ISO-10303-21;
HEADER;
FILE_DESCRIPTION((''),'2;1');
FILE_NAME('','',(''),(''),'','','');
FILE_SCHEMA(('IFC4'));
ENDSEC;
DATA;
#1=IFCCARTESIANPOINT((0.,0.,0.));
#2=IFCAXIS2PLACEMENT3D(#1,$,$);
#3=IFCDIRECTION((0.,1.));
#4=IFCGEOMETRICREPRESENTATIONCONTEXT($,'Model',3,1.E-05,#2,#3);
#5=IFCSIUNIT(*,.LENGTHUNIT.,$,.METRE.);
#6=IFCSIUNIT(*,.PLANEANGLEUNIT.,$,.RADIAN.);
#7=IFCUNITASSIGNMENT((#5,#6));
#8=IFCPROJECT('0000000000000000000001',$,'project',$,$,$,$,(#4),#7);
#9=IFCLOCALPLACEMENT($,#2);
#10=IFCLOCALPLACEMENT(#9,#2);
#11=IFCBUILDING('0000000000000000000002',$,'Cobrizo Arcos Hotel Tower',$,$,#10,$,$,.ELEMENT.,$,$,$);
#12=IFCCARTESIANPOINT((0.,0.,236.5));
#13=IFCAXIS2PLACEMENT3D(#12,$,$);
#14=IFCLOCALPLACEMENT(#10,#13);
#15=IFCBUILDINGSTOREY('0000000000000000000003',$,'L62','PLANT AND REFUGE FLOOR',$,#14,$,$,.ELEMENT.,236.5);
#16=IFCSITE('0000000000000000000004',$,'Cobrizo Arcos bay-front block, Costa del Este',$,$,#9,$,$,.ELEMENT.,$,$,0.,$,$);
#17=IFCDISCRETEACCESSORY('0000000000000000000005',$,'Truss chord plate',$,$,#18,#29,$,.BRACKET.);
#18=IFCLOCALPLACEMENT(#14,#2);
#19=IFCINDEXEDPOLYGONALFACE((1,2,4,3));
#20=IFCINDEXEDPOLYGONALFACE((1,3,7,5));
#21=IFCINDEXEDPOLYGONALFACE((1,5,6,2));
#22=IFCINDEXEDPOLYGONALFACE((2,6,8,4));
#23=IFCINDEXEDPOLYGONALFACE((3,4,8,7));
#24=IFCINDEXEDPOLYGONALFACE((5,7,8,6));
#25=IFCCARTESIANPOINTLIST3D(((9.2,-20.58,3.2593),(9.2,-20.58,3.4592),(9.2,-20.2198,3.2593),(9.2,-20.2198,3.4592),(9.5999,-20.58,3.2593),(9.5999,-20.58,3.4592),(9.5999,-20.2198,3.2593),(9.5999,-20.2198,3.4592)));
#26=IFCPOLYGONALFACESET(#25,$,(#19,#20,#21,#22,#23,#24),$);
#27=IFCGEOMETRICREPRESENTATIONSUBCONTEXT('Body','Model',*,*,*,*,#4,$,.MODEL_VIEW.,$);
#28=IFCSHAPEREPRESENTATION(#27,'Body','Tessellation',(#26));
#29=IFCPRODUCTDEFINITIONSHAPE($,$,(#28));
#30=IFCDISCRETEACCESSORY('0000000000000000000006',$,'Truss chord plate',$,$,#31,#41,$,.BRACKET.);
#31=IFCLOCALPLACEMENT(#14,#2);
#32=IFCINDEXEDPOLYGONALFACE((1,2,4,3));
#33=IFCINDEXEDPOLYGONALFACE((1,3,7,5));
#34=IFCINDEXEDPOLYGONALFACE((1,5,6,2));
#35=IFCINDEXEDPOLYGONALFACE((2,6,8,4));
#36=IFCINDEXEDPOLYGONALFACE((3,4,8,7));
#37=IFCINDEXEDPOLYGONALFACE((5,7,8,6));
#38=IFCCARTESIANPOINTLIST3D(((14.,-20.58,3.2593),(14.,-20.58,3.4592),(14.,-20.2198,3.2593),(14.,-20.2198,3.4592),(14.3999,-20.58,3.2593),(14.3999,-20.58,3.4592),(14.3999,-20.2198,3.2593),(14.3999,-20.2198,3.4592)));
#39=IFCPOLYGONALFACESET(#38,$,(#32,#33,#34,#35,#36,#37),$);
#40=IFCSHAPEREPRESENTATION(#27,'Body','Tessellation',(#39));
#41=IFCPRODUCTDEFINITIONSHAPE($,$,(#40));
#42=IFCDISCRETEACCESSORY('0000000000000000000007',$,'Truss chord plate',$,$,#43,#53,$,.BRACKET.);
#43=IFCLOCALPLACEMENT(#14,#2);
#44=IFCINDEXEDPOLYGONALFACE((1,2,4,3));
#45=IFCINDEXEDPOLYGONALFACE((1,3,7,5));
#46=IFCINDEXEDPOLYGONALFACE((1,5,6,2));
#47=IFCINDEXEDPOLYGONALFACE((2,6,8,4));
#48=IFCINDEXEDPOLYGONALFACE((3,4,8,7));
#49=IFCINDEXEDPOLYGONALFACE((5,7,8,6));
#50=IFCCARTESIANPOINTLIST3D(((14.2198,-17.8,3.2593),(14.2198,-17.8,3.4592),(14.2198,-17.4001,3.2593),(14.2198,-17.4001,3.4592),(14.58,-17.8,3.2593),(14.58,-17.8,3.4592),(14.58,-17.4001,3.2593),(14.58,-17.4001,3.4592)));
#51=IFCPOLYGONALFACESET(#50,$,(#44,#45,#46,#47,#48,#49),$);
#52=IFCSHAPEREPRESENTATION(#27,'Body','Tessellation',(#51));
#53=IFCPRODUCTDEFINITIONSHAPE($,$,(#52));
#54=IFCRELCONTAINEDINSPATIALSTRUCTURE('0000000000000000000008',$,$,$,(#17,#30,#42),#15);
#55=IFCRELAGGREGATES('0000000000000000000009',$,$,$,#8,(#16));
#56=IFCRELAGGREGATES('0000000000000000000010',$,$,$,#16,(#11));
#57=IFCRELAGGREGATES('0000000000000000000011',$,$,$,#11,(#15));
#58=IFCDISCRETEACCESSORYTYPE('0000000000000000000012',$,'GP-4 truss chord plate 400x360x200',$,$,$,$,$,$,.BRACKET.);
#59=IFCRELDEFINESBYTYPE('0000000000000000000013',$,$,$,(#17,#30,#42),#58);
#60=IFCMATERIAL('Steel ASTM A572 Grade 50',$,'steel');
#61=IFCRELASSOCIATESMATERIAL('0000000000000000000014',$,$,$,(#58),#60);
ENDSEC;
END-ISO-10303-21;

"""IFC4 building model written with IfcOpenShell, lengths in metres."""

from ifc_helpers import new_model, si_unit, direction, frame, origin, origin_2d, place, context, subcontext, project, spatial, rectangle, extrude, material, type_object, element, save


model = new_model("IFC4")

# Units and contexts
model_context = context("Model", 3, precision=1e-05, world=origin(), true_north=direction((0.0, 1.0)))
body_context = subcontext(model_context, "Body", "Model", "MODEL_VIEW")
ifc_project = project(units=[si_unit("LENGTHUNIT", "METRE"), si_unit("PLANEANGLEUNIT", "RADIAN")], contexts=[model_context])

# Site, building, storey
site_placement = place(None, origin())
site = spatial("IfcSite", under=ifc_project, at=site_placement, Name="Cobrizo Arcos bay-front block, Costa del Este", CompositionType="ELEMENT", RefElevation=0.0)
building_placement = place(site_placement, origin())
building = spatial("IfcBuilding", under=site, at=building_placement, Name="Cobrizo Arcos Hotel Tower", CompositionType="ELEMENT")
storey_placement = place(building_placement, frame((0.0, 0.0, 236.5)))
storey = spatial("IfcBuildingStorey", under=building, at=storey_placement, Name="L62", Description="PLANT AND REFUGE FLOOR", CompositionType="ELEMENT", Elevation=236.5)

# Discrete accessories
ifc_material_1 = material(Name="Steel ASTM A572 Grade 50", Category="steel")
discrete_accessory_type_1 = type_object("IfcDiscreteAccessoryType", Name="GP-4 truss chord plate 400x360x200", PredefinedType="BRACKET", material=ifc_material_1)
for number, where, z_axis, x_axis, name in (
    (1, (9.3999, -20.3999, 3.2593), (0.0, 0.0, 1.0), (1.0, 0.0, 0.0), "Truss chord plate"),
    (2, (14.2, -20.3999, 3.2593), (0.0, 0.0, 1.0), (1.0, 0.0, 0.0), "Truss chord plate"),
    (3, (14.3999, -17.6001, 3.2593), (0.0, 0.0, 1.0), (0.0, 1.0, 0.0), "Truss chord plate"),
):
    element("IfcDiscreteAccessory", number, at=place(storey_placement, frame(where, z_axis=z_axis, x_axis=x_axis)), inside=storey, type_object=discrete_accessory_type_1, Name=name, PredefinedType="BRACKET", context=body_context, shape_type="SweptSolid", body=[
        extrude(rectangle(XDim=0.3999, YDim=0.3601, at=origin_2d()), origin(), (0.0, 0.0, 1.0), 0.2),
    ])

save(model, "model.ifc")
